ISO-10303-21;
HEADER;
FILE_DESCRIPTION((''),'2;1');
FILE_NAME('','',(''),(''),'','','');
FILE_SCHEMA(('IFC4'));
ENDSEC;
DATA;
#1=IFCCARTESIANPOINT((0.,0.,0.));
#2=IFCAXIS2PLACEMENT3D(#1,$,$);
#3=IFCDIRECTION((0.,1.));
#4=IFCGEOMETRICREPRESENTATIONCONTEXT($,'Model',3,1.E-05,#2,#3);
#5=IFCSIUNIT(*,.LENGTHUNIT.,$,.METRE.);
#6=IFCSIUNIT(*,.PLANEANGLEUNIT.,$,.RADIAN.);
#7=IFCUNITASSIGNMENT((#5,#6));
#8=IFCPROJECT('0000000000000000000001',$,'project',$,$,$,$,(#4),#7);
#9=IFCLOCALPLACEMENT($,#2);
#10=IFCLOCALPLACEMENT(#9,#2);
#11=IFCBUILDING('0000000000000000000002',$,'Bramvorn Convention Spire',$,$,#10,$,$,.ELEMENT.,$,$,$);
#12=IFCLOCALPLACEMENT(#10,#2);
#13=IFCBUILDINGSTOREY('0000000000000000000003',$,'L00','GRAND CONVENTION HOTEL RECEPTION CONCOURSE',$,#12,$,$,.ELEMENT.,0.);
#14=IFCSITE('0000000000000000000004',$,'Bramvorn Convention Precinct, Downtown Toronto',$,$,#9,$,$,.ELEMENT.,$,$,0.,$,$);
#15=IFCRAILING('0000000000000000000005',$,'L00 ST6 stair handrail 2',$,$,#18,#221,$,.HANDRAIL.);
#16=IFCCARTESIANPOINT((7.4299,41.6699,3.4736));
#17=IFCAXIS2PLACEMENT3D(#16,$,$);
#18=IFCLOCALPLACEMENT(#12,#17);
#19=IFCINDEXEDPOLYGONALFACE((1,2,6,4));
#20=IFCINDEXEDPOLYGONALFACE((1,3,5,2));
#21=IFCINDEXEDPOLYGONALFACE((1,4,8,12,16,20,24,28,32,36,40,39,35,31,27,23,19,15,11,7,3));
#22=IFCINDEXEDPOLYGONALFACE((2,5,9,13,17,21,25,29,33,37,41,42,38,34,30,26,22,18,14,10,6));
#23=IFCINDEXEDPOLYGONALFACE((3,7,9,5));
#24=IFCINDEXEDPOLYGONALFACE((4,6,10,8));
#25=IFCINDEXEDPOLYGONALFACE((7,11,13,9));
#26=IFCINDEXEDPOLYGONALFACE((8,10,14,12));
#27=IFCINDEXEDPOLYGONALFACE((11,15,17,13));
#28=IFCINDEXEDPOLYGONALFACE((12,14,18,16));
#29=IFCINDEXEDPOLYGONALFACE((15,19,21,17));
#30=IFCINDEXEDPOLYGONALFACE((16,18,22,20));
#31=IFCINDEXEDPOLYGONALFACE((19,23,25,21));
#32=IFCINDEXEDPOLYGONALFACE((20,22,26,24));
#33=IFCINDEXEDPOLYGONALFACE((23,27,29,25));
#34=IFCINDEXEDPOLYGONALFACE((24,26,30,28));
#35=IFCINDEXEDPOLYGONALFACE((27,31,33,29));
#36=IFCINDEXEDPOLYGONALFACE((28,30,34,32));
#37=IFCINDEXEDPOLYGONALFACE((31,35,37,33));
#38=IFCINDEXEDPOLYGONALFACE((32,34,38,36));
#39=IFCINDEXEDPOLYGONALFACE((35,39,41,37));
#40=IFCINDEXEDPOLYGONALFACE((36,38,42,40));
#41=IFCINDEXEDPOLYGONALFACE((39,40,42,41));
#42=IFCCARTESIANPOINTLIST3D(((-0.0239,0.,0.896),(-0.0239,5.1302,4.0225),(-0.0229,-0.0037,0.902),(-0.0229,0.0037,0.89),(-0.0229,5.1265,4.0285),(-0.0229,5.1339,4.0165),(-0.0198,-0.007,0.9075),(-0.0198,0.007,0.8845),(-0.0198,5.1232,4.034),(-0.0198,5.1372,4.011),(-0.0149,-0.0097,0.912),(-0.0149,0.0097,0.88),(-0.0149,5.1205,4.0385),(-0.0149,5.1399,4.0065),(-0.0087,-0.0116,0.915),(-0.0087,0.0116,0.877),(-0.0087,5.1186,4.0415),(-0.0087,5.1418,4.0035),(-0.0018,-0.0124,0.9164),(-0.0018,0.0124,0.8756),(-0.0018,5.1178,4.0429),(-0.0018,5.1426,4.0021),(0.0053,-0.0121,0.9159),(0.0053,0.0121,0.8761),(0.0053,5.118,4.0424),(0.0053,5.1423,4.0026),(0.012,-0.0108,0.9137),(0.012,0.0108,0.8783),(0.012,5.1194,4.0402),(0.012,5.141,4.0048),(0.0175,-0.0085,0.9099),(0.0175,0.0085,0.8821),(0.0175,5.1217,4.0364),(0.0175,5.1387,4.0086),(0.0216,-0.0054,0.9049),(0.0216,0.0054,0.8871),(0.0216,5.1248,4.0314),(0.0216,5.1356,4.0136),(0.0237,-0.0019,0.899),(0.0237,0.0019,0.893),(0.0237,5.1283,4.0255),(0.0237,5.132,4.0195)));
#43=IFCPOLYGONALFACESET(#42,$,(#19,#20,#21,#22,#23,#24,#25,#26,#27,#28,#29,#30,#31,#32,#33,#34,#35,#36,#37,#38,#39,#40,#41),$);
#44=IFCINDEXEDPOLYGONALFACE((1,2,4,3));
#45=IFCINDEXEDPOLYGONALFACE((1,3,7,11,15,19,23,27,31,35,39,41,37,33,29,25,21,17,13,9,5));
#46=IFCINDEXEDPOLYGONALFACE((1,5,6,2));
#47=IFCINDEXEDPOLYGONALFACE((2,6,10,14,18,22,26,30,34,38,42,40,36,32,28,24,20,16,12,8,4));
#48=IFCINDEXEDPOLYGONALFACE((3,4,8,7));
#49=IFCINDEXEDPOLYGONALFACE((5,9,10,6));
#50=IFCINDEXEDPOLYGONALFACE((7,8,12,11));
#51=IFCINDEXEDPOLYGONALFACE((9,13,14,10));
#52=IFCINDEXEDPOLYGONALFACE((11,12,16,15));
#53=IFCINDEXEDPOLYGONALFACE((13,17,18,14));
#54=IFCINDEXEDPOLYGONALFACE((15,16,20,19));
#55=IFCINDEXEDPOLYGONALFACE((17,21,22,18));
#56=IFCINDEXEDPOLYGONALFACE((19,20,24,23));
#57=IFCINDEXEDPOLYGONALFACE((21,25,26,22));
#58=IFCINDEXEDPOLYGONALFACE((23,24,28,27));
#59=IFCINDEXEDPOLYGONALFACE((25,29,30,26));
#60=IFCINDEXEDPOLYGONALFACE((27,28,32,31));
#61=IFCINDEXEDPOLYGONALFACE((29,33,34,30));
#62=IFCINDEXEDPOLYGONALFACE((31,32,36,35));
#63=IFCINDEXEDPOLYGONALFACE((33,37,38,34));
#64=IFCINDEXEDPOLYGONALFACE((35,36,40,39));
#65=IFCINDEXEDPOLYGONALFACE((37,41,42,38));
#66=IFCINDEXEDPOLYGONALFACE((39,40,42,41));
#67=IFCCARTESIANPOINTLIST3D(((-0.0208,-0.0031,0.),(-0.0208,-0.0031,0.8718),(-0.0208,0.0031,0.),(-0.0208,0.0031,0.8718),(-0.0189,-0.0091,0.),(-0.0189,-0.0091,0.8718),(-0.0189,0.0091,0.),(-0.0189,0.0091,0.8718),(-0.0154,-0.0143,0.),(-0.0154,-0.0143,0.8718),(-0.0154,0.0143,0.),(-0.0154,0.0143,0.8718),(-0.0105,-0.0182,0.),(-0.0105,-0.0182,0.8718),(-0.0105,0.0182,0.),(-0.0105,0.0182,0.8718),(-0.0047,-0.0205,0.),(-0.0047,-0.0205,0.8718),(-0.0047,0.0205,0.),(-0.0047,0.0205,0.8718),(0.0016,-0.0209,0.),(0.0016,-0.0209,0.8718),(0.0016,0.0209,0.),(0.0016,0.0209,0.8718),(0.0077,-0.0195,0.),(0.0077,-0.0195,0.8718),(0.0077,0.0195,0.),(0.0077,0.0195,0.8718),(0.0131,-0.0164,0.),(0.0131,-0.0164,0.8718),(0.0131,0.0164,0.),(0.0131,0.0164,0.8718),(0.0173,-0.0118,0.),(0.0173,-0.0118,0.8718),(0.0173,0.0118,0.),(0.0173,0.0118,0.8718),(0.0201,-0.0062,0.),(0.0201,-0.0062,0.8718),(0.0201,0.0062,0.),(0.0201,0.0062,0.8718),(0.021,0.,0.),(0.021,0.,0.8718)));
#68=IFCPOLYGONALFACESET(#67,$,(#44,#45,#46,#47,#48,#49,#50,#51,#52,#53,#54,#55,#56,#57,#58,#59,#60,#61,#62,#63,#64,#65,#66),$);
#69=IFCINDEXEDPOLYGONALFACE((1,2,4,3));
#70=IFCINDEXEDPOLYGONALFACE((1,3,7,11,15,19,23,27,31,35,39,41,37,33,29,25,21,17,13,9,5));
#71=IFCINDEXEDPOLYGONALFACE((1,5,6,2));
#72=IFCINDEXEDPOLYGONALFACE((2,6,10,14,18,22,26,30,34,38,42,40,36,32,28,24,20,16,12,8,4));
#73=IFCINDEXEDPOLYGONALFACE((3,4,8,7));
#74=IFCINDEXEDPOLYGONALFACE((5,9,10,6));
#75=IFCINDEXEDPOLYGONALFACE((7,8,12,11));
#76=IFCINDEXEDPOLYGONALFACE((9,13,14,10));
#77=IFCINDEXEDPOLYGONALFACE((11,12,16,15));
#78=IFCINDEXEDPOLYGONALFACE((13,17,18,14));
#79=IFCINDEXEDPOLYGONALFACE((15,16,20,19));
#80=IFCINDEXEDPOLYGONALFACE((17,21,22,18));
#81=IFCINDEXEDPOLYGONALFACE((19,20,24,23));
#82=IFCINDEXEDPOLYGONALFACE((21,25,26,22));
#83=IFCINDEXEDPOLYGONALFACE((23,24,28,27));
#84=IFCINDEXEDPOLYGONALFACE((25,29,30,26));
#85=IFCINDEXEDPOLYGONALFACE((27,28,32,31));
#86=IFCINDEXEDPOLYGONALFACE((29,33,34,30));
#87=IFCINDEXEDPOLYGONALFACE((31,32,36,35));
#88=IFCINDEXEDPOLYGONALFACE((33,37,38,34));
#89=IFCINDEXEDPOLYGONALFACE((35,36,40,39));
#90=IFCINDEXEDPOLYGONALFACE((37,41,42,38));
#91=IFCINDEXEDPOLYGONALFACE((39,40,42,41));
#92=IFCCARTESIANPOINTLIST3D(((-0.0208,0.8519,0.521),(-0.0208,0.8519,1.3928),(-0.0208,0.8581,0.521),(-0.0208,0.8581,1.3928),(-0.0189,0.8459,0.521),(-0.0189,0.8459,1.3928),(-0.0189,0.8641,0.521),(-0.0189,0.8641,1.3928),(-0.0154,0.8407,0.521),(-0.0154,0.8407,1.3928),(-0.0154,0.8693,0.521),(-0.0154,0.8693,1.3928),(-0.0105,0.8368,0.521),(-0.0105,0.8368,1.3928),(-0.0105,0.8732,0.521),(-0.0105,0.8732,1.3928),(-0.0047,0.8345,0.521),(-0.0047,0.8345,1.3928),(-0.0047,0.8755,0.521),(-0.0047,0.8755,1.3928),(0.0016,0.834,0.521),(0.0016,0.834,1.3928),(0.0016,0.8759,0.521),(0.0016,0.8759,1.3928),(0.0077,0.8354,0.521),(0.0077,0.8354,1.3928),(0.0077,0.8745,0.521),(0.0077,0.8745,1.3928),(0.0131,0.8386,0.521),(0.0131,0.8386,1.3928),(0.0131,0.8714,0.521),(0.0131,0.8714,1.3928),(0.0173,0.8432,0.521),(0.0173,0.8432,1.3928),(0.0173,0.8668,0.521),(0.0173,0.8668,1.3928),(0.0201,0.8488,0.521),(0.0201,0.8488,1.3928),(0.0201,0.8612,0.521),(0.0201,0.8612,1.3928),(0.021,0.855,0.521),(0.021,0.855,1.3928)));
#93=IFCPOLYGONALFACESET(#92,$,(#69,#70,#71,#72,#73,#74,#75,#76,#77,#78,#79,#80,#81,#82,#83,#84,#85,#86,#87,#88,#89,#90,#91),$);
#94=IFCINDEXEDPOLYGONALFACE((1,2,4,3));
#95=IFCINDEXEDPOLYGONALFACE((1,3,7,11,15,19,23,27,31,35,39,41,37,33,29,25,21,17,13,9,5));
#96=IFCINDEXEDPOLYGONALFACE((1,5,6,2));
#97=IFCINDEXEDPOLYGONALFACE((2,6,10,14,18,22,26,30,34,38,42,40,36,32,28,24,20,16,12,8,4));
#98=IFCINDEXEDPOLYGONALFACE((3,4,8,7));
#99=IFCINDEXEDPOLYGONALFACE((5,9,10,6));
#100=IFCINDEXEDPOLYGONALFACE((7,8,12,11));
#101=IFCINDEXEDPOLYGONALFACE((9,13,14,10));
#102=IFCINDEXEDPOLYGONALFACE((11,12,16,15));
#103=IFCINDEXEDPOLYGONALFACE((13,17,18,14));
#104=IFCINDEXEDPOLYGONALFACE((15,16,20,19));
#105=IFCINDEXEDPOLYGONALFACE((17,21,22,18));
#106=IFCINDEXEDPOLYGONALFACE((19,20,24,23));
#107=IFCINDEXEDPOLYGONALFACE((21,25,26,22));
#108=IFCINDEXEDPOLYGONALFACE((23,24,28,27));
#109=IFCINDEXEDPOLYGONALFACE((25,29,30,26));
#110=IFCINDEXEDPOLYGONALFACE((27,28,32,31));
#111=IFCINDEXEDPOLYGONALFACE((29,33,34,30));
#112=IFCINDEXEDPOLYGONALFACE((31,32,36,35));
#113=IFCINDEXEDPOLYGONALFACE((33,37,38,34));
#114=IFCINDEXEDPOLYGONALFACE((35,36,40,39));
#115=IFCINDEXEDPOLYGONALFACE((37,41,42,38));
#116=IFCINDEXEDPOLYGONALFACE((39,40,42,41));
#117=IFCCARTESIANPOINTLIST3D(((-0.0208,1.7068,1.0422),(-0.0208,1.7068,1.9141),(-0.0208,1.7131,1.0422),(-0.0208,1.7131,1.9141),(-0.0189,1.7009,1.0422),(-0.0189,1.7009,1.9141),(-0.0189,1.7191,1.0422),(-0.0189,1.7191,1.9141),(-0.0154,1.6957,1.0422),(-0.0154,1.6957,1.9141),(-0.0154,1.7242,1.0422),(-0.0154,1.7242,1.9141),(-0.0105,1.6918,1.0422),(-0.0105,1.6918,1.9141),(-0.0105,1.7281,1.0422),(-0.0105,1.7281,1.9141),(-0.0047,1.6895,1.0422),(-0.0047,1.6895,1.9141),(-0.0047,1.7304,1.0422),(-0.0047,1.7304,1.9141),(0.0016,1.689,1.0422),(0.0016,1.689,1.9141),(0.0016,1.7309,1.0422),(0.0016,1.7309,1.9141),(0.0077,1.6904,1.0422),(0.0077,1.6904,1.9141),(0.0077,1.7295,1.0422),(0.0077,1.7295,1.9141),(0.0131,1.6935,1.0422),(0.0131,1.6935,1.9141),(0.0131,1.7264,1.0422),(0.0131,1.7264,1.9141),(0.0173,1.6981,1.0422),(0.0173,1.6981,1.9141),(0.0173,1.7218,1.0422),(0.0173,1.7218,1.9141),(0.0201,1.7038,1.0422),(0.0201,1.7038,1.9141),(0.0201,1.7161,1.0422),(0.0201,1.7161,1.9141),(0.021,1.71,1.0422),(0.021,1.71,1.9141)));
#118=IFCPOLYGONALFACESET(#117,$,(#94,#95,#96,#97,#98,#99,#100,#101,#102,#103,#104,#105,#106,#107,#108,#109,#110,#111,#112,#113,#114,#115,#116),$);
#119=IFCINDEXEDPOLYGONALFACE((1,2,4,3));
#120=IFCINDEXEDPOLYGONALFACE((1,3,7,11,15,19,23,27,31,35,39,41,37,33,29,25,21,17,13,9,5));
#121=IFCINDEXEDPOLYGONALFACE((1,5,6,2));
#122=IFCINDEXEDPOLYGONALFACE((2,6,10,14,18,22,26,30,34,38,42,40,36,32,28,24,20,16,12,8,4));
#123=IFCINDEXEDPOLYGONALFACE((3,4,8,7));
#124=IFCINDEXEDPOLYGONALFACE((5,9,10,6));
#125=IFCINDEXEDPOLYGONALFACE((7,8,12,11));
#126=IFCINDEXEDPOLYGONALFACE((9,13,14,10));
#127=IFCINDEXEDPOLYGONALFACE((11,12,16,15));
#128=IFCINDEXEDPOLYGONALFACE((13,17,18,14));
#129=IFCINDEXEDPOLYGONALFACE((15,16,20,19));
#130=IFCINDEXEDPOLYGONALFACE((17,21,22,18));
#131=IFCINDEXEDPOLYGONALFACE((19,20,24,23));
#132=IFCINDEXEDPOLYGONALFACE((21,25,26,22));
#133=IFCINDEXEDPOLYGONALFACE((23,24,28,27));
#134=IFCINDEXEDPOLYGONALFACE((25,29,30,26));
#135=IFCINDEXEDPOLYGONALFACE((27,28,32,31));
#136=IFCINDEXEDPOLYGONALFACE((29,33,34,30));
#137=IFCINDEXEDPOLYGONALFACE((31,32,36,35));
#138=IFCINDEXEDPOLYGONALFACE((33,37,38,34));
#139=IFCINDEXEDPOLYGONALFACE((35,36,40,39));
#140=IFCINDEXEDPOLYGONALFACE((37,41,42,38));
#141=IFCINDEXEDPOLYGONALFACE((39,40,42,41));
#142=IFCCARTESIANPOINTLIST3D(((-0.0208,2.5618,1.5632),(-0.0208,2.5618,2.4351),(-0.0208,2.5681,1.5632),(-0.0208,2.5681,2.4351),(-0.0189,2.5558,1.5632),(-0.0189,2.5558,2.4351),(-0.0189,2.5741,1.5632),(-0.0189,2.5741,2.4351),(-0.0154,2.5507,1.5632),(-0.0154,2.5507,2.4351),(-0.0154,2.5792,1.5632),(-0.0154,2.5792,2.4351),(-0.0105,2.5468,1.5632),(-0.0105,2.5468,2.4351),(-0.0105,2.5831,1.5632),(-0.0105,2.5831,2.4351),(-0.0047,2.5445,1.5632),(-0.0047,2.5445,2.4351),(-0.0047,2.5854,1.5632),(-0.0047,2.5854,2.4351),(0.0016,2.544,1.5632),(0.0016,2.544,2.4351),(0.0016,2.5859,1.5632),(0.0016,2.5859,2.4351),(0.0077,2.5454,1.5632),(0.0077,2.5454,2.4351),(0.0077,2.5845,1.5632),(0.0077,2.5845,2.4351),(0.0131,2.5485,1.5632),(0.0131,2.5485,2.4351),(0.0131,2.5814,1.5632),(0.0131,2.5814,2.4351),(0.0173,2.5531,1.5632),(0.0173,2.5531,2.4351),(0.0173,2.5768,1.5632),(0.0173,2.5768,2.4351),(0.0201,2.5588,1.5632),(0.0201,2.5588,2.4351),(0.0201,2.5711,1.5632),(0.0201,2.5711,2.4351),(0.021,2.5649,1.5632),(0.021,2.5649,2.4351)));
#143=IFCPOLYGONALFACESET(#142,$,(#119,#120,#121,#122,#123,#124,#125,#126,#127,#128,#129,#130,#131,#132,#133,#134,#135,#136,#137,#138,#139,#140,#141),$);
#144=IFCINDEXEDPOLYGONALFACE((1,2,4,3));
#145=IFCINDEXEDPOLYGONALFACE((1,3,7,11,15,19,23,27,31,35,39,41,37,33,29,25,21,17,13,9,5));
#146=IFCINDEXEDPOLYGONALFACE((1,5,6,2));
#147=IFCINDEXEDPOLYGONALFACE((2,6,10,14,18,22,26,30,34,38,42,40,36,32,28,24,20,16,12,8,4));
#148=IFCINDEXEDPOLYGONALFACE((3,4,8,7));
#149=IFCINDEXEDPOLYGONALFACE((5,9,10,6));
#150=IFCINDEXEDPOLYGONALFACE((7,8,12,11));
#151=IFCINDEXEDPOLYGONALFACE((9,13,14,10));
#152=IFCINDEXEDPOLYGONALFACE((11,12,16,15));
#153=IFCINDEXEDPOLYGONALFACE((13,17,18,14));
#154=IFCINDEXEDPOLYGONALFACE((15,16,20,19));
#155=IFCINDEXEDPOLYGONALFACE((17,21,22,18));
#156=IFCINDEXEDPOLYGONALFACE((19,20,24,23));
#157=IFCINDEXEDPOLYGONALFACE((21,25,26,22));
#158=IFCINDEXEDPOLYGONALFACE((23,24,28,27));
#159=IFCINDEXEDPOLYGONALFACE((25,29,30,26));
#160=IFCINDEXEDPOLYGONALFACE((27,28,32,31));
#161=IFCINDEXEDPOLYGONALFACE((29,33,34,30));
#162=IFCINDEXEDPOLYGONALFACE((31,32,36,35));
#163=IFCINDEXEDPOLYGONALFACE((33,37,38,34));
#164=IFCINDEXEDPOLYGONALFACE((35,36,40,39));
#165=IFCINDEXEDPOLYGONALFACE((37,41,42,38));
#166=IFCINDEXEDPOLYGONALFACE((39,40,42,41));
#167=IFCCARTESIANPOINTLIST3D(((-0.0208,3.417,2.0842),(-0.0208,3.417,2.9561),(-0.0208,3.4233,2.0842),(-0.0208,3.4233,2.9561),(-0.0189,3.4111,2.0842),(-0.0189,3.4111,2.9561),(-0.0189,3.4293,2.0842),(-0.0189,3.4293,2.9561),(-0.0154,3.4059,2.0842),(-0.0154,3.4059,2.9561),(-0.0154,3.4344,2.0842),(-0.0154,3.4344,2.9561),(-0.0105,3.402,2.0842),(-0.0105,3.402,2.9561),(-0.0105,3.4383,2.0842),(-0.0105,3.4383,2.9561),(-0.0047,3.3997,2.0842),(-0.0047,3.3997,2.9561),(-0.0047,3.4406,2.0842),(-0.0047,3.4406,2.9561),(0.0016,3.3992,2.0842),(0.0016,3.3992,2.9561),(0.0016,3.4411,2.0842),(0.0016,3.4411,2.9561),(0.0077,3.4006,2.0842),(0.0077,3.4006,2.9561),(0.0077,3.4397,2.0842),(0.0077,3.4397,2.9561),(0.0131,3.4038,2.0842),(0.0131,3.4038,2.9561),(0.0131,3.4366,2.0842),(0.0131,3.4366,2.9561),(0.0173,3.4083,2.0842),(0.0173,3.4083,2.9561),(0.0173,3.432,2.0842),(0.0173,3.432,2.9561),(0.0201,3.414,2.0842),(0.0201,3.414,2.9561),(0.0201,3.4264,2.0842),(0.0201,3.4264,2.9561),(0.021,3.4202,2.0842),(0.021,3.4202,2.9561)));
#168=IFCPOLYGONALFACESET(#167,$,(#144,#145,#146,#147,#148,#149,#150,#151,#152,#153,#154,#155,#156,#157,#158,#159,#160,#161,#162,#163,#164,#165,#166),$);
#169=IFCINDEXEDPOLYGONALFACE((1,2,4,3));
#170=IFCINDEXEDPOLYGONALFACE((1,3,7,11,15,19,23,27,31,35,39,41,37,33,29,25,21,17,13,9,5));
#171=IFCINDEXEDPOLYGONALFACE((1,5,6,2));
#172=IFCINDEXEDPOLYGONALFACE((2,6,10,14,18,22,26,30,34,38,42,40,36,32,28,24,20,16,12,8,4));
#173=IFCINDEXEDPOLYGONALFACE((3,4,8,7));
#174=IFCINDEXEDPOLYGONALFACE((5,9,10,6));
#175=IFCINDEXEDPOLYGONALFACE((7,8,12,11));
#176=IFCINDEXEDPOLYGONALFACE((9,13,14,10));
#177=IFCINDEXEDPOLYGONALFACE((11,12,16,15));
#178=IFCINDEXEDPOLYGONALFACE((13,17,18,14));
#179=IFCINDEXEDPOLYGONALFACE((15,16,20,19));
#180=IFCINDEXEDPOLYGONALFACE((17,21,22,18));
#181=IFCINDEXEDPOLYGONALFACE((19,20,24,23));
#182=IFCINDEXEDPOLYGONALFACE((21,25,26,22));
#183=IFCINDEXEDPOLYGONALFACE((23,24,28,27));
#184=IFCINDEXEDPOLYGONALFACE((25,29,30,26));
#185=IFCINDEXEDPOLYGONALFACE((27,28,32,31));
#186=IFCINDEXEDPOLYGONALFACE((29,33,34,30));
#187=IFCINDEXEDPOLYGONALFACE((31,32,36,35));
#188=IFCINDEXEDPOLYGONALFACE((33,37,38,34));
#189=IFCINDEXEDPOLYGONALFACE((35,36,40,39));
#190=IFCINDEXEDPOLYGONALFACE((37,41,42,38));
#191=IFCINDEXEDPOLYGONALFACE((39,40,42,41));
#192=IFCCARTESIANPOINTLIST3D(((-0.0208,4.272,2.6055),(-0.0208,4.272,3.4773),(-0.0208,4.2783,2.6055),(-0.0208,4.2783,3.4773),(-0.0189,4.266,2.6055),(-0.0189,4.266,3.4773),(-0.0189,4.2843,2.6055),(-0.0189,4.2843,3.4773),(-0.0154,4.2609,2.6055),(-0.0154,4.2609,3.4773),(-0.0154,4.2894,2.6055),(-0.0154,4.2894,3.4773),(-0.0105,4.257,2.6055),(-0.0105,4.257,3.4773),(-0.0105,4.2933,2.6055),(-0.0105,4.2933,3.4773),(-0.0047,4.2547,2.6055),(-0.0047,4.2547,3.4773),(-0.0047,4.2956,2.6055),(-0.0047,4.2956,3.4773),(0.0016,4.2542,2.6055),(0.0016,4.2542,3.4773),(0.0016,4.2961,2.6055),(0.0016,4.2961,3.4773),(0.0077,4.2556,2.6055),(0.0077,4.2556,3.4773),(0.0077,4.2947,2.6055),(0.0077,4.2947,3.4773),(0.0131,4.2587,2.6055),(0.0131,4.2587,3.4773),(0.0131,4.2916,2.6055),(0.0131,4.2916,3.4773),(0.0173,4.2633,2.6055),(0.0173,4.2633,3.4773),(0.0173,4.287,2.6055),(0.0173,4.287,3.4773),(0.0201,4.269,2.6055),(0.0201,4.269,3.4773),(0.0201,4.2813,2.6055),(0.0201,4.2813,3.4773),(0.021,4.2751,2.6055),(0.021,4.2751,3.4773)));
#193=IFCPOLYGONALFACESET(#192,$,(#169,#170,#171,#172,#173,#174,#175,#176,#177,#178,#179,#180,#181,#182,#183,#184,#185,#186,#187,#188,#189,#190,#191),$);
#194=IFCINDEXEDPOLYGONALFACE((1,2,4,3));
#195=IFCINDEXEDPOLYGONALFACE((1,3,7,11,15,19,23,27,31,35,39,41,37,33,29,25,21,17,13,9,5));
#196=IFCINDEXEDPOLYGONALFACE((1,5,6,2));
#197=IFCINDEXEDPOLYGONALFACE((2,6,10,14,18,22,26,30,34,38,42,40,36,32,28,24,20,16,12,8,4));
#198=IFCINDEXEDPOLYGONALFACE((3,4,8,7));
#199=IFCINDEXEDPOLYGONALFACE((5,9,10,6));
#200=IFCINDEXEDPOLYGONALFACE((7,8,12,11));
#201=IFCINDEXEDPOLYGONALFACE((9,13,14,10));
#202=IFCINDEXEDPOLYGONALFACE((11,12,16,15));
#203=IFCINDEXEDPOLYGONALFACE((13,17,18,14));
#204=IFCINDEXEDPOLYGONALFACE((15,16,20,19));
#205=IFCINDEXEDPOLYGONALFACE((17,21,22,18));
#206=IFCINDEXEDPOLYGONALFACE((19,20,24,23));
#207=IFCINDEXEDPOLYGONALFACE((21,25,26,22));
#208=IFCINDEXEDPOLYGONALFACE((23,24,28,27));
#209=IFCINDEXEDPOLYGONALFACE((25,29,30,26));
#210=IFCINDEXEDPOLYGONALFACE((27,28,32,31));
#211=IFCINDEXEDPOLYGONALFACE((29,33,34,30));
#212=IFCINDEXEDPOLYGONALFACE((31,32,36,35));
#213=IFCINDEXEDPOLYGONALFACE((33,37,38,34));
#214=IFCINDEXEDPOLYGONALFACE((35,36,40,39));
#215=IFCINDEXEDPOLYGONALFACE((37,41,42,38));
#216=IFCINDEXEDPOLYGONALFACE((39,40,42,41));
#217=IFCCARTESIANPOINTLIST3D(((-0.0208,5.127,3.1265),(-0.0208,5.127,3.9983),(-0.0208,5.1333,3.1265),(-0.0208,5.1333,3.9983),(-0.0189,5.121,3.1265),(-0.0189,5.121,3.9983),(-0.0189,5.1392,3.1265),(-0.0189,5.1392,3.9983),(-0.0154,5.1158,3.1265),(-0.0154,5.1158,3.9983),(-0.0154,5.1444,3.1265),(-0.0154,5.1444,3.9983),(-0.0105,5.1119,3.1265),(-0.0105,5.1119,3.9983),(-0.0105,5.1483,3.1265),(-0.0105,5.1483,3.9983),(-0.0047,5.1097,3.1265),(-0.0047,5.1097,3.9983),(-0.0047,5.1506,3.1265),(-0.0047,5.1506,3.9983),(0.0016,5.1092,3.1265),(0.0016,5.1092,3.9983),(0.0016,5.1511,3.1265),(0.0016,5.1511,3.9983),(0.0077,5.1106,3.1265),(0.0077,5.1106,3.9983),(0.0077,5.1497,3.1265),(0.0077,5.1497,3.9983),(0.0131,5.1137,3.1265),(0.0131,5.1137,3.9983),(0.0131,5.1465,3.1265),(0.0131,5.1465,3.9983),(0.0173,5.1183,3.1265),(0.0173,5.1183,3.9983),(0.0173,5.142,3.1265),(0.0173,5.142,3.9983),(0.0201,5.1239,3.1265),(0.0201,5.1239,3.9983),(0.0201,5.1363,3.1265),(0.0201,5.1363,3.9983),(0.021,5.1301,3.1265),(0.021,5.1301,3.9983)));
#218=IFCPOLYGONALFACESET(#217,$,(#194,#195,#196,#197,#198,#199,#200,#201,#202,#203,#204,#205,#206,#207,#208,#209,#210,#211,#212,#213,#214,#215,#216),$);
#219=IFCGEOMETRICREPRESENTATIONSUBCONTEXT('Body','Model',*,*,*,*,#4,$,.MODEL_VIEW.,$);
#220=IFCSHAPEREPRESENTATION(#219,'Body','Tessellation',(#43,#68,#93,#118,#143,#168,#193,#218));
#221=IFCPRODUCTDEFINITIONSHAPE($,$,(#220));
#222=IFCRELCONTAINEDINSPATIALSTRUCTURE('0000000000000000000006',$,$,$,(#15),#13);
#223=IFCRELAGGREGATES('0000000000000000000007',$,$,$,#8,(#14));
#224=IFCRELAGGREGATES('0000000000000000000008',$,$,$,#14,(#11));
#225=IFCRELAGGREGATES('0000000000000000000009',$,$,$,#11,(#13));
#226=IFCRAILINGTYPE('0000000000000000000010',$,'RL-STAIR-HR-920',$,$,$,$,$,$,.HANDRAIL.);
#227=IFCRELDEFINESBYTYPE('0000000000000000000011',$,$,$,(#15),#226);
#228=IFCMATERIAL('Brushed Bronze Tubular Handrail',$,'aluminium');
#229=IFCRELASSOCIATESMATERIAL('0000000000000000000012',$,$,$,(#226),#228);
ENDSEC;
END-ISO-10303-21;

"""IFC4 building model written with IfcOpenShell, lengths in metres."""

from ifc_helpers import new_model, si_unit, direction, frame, origin, origin_2d, place, context, subcontext, project, spatial, circle, extrude, material, type_object, element, save


model = new_model("IFC4")

# Units and contexts
model_context = context("Model", 3, precision=1e-05, world=origin(), true_north=direction((0.0, 1.0)))
body_context = subcontext(model_context, "Body", "Model", "MODEL_VIEW")
ifc_project = project(units=[si_unit("LENGTHUNIT", "METRE"), si_unit("PLANEANGLEUNIT", "RADIAN")], contexts=[model_context])

# Site, building, storey
site_placement = place(None, origin())
site = spatial("IfcSite", under=ifc_project, at=site_placement, Name="Bramvorn Convention Precinct, Downtown Toronto", CompositionType="ELEMENT", RefElevation=0.0)
building_placement = place(site_placement, origin())
building = spatial("IfcBuilding", under=site, at=building_placement, Name="Bramvorn Convention Spire", CompositionType="ELEMENT")
storey_placement = place(building_placement, origin())
storey = spatial("IfcBuildingStorey", under=building, at=storey_placement, Name="L00", Description="GRAND CONVENTION HOTEL RECEPTION CONCOURSE", CompositionType="ELEMENT", Elevation=0.0)

# Railing
ifc_material_1 = material(Name="Brushed Bronze Tubular Handrail", Category="aluminium")
railing_type_1 = type_object("IfcRailingType", Name="RL-STAIR-HR-920", PredefinedType="HANDRAIL", material=ifc_material_1)
railing_1_placement = place(storey_placement, frame((7.4299, 41.6699, 3.4736)))
element("IfcRailing", 1, at=railing_1_placement, inside=storey, type_object=railing_type_1, Name="L00 ST6 stair handrail 2", PredefinedType="HANDRAIL", context=body_context, shape_type="SweptSolid", body=[
    extrude(circle(Radius=0.0239, at=origin_2d()), frame((0.0, 0.0, 0.896), z_axis=(0.0, 0.853919, 0.520406), x_axis=(-1.0, 0.0, 0.0)), (0.0, 0.0, 1.0), 6.0078),
    extrude(circle(Radius=0.021, at=origin_2d()), origin(), (0.0, 0.0, 1.0), 0.8718),
    extrude(circle(Radius=0.021, at=origin_2d()), frame((0.0, 0.855, 0.521)), (0.0, 0.0, 1.0), 0.8718),
    extrude(circle(Radius=0.021, at=origin_2d()), frame((0.0, 1.71, 1.0422)), (0.0, 0.0, 1.0), 0.8718),
    extrude(circle(Radius=0.021, at=origin_2d()), frame((0.0, 2.5649, 1.5632)), (0.0, 0.0, 1.0), 0.8718),
    extrude(circle(Radius=0.021, at=origin_2d()), frame((0.0, 3.4202, 2.0842)), (0.0, 0.0, 1.0), 0.8718),
    extrude(circle(Radius=0.021, at=origin_2d()), frame((0.0, 4.2751, 2.6055)), (0.0, 0.0, 1.0), 0.8718),
    extrude(circle(Radius=0.021, at=origin_2d()), frame((0.0, 5.1301, 3.1265)), (0.0, 0.0, 1.0), 0.8718),
])

save(model, "model.ifc")
